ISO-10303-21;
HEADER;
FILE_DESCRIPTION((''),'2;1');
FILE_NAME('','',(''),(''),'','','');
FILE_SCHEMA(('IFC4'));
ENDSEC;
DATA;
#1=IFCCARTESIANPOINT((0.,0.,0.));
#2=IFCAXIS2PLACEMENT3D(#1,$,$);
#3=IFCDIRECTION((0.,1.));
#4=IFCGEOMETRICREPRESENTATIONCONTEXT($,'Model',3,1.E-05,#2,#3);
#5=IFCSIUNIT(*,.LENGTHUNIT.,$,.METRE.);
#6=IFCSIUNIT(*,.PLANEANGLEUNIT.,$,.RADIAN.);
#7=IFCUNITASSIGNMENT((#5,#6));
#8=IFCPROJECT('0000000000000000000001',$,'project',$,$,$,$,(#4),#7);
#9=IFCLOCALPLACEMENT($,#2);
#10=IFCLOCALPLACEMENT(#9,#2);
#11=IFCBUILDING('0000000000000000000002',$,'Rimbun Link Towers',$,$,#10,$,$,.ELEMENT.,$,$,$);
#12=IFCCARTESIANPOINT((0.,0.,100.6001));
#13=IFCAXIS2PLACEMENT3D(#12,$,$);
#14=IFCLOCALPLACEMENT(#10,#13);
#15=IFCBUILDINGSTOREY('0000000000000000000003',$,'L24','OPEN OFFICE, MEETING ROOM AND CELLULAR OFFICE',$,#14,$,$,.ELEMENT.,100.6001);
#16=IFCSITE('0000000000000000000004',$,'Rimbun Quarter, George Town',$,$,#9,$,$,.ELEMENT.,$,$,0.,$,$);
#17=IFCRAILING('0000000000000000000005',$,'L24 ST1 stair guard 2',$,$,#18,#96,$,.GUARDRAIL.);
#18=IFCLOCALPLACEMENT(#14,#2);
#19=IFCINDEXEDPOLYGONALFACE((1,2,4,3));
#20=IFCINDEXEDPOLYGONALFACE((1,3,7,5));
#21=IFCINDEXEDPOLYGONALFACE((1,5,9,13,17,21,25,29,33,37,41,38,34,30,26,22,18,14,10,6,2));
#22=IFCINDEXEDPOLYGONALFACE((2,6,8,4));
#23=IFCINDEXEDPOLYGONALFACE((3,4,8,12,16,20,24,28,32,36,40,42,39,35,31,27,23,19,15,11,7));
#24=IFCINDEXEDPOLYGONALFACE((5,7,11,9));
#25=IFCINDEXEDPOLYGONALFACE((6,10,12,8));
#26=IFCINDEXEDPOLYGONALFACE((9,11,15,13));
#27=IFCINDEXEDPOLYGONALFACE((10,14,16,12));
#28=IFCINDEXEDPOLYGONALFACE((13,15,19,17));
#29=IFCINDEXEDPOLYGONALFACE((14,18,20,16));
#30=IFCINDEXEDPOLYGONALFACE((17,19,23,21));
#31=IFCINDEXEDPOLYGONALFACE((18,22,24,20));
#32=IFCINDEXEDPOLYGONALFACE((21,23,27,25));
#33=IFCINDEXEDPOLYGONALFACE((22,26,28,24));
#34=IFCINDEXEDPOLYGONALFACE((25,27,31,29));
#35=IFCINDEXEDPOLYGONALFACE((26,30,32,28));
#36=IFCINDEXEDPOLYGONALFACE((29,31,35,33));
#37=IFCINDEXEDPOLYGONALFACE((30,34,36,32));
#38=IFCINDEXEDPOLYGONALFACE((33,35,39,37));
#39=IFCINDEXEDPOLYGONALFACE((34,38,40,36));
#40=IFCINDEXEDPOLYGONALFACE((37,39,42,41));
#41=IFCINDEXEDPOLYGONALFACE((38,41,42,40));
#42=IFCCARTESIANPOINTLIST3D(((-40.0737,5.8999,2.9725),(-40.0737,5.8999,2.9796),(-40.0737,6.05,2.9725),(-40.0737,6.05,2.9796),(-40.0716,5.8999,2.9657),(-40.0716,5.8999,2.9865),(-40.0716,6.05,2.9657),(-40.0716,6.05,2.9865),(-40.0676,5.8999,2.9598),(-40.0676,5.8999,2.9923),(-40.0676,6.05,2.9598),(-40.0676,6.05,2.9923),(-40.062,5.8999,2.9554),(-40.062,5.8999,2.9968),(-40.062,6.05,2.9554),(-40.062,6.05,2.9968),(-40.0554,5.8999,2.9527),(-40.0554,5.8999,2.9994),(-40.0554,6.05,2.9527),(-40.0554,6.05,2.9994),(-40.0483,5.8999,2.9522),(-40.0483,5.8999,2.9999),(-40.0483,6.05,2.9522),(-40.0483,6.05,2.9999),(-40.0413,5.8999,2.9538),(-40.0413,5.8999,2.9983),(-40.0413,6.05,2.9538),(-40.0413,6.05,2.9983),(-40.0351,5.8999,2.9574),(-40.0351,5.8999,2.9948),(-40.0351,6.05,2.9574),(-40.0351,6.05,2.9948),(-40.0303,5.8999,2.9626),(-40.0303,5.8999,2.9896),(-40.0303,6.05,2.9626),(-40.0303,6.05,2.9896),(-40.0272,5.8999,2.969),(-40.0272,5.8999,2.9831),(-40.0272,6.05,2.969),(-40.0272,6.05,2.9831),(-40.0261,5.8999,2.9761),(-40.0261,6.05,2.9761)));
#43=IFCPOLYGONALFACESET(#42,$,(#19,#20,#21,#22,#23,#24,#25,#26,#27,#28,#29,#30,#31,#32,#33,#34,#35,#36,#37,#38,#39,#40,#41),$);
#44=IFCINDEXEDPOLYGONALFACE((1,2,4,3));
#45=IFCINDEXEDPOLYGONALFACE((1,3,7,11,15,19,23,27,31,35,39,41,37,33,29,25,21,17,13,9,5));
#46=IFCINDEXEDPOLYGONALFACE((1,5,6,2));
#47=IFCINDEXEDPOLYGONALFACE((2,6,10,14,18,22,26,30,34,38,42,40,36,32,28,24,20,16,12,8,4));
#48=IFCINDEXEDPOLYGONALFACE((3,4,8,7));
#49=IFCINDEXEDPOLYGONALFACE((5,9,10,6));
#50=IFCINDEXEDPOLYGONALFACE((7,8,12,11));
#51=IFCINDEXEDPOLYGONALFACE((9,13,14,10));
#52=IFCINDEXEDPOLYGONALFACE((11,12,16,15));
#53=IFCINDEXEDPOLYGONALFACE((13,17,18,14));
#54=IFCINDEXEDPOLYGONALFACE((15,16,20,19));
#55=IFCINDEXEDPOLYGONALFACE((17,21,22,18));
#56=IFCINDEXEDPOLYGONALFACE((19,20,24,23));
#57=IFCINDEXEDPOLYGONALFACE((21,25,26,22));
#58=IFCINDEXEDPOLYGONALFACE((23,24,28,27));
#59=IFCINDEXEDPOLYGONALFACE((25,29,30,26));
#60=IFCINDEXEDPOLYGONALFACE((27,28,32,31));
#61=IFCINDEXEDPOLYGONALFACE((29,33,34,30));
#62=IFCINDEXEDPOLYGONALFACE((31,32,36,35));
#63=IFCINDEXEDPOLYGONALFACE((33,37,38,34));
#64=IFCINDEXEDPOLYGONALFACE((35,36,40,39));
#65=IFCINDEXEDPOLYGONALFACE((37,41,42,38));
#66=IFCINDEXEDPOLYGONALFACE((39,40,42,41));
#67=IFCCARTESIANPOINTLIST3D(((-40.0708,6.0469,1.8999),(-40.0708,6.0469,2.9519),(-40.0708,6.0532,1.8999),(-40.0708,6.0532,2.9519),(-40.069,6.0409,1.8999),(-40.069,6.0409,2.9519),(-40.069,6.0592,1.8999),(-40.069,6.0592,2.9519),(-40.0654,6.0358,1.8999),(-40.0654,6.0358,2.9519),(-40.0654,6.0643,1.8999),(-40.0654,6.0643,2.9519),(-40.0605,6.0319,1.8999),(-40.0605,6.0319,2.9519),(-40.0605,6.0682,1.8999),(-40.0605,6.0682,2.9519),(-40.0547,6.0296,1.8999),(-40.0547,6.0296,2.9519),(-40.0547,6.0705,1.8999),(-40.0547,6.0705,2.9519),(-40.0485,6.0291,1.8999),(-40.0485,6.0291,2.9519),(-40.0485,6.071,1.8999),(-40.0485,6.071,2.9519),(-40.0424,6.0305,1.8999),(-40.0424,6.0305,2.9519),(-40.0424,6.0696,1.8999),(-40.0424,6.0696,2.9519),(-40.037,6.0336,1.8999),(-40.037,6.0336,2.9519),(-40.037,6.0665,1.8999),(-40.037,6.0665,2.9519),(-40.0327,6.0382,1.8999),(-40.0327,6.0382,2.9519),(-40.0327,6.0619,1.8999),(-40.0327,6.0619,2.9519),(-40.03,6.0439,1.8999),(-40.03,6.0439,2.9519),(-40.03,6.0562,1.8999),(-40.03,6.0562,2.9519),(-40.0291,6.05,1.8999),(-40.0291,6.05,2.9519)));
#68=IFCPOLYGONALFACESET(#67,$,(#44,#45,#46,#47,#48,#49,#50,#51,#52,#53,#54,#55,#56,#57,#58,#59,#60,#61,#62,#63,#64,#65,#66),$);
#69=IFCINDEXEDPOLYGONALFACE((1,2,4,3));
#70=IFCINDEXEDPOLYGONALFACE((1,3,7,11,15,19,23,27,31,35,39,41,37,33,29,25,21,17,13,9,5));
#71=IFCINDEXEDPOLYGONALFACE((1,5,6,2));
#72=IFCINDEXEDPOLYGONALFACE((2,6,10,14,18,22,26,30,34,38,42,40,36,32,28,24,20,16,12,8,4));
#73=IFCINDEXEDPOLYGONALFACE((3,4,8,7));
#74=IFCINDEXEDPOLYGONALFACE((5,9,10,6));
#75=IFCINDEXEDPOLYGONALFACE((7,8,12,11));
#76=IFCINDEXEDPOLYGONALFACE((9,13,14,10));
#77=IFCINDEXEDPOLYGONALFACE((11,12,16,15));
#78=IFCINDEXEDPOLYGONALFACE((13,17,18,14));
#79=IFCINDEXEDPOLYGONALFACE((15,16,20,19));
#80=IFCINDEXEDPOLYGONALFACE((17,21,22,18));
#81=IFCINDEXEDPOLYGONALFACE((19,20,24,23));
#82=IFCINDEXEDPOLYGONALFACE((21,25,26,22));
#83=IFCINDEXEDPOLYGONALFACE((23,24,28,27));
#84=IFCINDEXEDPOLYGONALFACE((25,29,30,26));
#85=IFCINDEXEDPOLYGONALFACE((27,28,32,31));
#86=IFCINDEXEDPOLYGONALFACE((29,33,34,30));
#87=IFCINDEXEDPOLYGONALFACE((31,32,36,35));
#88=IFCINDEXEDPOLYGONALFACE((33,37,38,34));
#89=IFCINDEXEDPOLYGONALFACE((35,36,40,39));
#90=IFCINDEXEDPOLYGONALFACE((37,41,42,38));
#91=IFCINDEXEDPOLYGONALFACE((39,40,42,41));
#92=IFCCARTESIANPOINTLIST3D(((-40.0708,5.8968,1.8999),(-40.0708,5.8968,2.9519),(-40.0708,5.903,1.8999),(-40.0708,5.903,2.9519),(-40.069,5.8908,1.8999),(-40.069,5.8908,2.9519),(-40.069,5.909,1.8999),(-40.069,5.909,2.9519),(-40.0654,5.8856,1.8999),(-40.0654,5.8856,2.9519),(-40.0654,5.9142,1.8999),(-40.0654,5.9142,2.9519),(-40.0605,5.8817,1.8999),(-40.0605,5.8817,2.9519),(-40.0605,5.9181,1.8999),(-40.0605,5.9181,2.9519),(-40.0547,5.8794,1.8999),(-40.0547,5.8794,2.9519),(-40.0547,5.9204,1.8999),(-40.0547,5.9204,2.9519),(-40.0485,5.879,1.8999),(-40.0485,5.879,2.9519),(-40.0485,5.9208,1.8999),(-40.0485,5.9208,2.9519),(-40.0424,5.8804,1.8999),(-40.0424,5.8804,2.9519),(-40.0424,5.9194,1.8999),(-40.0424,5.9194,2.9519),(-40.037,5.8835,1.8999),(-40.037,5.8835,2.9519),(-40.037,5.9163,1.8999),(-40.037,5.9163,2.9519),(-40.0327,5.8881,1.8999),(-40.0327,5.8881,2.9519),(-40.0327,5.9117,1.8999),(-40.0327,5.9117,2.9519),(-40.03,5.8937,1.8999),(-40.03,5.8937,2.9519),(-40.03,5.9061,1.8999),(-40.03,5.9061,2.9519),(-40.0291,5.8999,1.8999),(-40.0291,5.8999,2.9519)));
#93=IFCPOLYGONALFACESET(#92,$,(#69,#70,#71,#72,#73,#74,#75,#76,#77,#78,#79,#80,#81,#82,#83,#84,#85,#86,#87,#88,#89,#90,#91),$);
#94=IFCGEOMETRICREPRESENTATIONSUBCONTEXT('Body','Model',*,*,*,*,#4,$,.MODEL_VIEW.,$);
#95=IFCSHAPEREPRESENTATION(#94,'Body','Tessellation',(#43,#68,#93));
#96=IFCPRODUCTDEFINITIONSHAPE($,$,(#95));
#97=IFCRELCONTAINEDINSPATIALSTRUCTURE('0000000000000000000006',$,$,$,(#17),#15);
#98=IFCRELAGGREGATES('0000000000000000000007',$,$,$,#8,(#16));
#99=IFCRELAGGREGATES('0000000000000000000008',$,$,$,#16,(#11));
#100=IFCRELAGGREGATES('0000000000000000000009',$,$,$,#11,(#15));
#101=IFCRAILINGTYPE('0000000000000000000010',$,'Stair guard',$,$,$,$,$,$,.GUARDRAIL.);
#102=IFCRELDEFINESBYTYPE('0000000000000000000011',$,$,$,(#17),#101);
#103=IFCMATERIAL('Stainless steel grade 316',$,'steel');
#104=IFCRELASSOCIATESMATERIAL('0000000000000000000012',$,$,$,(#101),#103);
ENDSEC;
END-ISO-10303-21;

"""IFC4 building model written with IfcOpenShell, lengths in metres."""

from ifc_helpers import new_model, si_unit, direction, frame, origin, origin_2d, place, context, subcontext, project, spatial, circle, extrude, material, type_object, element, save


model = new_model("IFC4")

# Units and contexts
model_context = context("Model", 3, precision=1e-05, world=origin(), true_north=direction((0.0, 1.0)))
body_context = subcontext(model_context, "Body", "Model", "MODEL_VIEW")
ifc_project = project(units=[si_unit("LENGTHUNIT", "METRE"), si_unit("PLANEANGLEUNIT", "RADIAN")], contexts=[model_context])

# Site, building, storey
site_placement = place(None, origin())
site = spatial("IfcSite", under=ifc_project, at=site_placement, Name="Rimbun Quarter, George Town", CompositionType="ELEMENT", RefElevation=0.0)
building_placement = place(site_placement, origin())
building = spatial("IfcBuilding", under=site, at=building_placement, Name="Rimbun Link Towers", CompositionType="ELEMENT")
storey_placement = place(building_placement, frame((0.0, 0.0, 100.6001)))
storey = spatial("IfcBuildingStorey", under=building, at=storey_placement, Name="L24", Description="OPEN OFFICE, MEETING ROOM AND CELLULAR OFFICE", CompositionType="ELEMENT", Elevation=100.6001)

# Railing
ifc_material_1 = material(Name="Stainless steel grade 316", Category="steel")
railing_type_1 = type_object("IfcRailingType", Name="Stair guard", PredefinedType="GUARDRAIL", material=ifc_material_1)
railing_1_placement = place(storey_placement, frame((-40.05, 6.05, 1.8999)))
element("IfcRailing", 1, at=railing_1_placement, inside=storey, type_object=railing_type_1, Name="L24 ST1 stair guard 2", PredefinedType="GUARDRAIL", context=body_context, shape_type="SweptSolid", body=[
    extrude(circle(Radius=0.0239, at=origin_2d()), frame((0.0, 0.0, 1.0762), z_axis=(0.0, -1.0, 0.0), x_axis=(1.0, 0.0, 0.0)), (0.0, 0.0, 1.0), 0.1501),
    extrude(circle(Radius=0.021, at=origin_2d()), origin(), (0.0, 0.0, 1.0), 1.052),
    extrude(circle(Radius=0.021, at=origin_2d()), frame((0.0, -0.1501, 0.0)), (0.0, 0.0, 1.0), 1.052),
])

save(model, "model.ifc")
